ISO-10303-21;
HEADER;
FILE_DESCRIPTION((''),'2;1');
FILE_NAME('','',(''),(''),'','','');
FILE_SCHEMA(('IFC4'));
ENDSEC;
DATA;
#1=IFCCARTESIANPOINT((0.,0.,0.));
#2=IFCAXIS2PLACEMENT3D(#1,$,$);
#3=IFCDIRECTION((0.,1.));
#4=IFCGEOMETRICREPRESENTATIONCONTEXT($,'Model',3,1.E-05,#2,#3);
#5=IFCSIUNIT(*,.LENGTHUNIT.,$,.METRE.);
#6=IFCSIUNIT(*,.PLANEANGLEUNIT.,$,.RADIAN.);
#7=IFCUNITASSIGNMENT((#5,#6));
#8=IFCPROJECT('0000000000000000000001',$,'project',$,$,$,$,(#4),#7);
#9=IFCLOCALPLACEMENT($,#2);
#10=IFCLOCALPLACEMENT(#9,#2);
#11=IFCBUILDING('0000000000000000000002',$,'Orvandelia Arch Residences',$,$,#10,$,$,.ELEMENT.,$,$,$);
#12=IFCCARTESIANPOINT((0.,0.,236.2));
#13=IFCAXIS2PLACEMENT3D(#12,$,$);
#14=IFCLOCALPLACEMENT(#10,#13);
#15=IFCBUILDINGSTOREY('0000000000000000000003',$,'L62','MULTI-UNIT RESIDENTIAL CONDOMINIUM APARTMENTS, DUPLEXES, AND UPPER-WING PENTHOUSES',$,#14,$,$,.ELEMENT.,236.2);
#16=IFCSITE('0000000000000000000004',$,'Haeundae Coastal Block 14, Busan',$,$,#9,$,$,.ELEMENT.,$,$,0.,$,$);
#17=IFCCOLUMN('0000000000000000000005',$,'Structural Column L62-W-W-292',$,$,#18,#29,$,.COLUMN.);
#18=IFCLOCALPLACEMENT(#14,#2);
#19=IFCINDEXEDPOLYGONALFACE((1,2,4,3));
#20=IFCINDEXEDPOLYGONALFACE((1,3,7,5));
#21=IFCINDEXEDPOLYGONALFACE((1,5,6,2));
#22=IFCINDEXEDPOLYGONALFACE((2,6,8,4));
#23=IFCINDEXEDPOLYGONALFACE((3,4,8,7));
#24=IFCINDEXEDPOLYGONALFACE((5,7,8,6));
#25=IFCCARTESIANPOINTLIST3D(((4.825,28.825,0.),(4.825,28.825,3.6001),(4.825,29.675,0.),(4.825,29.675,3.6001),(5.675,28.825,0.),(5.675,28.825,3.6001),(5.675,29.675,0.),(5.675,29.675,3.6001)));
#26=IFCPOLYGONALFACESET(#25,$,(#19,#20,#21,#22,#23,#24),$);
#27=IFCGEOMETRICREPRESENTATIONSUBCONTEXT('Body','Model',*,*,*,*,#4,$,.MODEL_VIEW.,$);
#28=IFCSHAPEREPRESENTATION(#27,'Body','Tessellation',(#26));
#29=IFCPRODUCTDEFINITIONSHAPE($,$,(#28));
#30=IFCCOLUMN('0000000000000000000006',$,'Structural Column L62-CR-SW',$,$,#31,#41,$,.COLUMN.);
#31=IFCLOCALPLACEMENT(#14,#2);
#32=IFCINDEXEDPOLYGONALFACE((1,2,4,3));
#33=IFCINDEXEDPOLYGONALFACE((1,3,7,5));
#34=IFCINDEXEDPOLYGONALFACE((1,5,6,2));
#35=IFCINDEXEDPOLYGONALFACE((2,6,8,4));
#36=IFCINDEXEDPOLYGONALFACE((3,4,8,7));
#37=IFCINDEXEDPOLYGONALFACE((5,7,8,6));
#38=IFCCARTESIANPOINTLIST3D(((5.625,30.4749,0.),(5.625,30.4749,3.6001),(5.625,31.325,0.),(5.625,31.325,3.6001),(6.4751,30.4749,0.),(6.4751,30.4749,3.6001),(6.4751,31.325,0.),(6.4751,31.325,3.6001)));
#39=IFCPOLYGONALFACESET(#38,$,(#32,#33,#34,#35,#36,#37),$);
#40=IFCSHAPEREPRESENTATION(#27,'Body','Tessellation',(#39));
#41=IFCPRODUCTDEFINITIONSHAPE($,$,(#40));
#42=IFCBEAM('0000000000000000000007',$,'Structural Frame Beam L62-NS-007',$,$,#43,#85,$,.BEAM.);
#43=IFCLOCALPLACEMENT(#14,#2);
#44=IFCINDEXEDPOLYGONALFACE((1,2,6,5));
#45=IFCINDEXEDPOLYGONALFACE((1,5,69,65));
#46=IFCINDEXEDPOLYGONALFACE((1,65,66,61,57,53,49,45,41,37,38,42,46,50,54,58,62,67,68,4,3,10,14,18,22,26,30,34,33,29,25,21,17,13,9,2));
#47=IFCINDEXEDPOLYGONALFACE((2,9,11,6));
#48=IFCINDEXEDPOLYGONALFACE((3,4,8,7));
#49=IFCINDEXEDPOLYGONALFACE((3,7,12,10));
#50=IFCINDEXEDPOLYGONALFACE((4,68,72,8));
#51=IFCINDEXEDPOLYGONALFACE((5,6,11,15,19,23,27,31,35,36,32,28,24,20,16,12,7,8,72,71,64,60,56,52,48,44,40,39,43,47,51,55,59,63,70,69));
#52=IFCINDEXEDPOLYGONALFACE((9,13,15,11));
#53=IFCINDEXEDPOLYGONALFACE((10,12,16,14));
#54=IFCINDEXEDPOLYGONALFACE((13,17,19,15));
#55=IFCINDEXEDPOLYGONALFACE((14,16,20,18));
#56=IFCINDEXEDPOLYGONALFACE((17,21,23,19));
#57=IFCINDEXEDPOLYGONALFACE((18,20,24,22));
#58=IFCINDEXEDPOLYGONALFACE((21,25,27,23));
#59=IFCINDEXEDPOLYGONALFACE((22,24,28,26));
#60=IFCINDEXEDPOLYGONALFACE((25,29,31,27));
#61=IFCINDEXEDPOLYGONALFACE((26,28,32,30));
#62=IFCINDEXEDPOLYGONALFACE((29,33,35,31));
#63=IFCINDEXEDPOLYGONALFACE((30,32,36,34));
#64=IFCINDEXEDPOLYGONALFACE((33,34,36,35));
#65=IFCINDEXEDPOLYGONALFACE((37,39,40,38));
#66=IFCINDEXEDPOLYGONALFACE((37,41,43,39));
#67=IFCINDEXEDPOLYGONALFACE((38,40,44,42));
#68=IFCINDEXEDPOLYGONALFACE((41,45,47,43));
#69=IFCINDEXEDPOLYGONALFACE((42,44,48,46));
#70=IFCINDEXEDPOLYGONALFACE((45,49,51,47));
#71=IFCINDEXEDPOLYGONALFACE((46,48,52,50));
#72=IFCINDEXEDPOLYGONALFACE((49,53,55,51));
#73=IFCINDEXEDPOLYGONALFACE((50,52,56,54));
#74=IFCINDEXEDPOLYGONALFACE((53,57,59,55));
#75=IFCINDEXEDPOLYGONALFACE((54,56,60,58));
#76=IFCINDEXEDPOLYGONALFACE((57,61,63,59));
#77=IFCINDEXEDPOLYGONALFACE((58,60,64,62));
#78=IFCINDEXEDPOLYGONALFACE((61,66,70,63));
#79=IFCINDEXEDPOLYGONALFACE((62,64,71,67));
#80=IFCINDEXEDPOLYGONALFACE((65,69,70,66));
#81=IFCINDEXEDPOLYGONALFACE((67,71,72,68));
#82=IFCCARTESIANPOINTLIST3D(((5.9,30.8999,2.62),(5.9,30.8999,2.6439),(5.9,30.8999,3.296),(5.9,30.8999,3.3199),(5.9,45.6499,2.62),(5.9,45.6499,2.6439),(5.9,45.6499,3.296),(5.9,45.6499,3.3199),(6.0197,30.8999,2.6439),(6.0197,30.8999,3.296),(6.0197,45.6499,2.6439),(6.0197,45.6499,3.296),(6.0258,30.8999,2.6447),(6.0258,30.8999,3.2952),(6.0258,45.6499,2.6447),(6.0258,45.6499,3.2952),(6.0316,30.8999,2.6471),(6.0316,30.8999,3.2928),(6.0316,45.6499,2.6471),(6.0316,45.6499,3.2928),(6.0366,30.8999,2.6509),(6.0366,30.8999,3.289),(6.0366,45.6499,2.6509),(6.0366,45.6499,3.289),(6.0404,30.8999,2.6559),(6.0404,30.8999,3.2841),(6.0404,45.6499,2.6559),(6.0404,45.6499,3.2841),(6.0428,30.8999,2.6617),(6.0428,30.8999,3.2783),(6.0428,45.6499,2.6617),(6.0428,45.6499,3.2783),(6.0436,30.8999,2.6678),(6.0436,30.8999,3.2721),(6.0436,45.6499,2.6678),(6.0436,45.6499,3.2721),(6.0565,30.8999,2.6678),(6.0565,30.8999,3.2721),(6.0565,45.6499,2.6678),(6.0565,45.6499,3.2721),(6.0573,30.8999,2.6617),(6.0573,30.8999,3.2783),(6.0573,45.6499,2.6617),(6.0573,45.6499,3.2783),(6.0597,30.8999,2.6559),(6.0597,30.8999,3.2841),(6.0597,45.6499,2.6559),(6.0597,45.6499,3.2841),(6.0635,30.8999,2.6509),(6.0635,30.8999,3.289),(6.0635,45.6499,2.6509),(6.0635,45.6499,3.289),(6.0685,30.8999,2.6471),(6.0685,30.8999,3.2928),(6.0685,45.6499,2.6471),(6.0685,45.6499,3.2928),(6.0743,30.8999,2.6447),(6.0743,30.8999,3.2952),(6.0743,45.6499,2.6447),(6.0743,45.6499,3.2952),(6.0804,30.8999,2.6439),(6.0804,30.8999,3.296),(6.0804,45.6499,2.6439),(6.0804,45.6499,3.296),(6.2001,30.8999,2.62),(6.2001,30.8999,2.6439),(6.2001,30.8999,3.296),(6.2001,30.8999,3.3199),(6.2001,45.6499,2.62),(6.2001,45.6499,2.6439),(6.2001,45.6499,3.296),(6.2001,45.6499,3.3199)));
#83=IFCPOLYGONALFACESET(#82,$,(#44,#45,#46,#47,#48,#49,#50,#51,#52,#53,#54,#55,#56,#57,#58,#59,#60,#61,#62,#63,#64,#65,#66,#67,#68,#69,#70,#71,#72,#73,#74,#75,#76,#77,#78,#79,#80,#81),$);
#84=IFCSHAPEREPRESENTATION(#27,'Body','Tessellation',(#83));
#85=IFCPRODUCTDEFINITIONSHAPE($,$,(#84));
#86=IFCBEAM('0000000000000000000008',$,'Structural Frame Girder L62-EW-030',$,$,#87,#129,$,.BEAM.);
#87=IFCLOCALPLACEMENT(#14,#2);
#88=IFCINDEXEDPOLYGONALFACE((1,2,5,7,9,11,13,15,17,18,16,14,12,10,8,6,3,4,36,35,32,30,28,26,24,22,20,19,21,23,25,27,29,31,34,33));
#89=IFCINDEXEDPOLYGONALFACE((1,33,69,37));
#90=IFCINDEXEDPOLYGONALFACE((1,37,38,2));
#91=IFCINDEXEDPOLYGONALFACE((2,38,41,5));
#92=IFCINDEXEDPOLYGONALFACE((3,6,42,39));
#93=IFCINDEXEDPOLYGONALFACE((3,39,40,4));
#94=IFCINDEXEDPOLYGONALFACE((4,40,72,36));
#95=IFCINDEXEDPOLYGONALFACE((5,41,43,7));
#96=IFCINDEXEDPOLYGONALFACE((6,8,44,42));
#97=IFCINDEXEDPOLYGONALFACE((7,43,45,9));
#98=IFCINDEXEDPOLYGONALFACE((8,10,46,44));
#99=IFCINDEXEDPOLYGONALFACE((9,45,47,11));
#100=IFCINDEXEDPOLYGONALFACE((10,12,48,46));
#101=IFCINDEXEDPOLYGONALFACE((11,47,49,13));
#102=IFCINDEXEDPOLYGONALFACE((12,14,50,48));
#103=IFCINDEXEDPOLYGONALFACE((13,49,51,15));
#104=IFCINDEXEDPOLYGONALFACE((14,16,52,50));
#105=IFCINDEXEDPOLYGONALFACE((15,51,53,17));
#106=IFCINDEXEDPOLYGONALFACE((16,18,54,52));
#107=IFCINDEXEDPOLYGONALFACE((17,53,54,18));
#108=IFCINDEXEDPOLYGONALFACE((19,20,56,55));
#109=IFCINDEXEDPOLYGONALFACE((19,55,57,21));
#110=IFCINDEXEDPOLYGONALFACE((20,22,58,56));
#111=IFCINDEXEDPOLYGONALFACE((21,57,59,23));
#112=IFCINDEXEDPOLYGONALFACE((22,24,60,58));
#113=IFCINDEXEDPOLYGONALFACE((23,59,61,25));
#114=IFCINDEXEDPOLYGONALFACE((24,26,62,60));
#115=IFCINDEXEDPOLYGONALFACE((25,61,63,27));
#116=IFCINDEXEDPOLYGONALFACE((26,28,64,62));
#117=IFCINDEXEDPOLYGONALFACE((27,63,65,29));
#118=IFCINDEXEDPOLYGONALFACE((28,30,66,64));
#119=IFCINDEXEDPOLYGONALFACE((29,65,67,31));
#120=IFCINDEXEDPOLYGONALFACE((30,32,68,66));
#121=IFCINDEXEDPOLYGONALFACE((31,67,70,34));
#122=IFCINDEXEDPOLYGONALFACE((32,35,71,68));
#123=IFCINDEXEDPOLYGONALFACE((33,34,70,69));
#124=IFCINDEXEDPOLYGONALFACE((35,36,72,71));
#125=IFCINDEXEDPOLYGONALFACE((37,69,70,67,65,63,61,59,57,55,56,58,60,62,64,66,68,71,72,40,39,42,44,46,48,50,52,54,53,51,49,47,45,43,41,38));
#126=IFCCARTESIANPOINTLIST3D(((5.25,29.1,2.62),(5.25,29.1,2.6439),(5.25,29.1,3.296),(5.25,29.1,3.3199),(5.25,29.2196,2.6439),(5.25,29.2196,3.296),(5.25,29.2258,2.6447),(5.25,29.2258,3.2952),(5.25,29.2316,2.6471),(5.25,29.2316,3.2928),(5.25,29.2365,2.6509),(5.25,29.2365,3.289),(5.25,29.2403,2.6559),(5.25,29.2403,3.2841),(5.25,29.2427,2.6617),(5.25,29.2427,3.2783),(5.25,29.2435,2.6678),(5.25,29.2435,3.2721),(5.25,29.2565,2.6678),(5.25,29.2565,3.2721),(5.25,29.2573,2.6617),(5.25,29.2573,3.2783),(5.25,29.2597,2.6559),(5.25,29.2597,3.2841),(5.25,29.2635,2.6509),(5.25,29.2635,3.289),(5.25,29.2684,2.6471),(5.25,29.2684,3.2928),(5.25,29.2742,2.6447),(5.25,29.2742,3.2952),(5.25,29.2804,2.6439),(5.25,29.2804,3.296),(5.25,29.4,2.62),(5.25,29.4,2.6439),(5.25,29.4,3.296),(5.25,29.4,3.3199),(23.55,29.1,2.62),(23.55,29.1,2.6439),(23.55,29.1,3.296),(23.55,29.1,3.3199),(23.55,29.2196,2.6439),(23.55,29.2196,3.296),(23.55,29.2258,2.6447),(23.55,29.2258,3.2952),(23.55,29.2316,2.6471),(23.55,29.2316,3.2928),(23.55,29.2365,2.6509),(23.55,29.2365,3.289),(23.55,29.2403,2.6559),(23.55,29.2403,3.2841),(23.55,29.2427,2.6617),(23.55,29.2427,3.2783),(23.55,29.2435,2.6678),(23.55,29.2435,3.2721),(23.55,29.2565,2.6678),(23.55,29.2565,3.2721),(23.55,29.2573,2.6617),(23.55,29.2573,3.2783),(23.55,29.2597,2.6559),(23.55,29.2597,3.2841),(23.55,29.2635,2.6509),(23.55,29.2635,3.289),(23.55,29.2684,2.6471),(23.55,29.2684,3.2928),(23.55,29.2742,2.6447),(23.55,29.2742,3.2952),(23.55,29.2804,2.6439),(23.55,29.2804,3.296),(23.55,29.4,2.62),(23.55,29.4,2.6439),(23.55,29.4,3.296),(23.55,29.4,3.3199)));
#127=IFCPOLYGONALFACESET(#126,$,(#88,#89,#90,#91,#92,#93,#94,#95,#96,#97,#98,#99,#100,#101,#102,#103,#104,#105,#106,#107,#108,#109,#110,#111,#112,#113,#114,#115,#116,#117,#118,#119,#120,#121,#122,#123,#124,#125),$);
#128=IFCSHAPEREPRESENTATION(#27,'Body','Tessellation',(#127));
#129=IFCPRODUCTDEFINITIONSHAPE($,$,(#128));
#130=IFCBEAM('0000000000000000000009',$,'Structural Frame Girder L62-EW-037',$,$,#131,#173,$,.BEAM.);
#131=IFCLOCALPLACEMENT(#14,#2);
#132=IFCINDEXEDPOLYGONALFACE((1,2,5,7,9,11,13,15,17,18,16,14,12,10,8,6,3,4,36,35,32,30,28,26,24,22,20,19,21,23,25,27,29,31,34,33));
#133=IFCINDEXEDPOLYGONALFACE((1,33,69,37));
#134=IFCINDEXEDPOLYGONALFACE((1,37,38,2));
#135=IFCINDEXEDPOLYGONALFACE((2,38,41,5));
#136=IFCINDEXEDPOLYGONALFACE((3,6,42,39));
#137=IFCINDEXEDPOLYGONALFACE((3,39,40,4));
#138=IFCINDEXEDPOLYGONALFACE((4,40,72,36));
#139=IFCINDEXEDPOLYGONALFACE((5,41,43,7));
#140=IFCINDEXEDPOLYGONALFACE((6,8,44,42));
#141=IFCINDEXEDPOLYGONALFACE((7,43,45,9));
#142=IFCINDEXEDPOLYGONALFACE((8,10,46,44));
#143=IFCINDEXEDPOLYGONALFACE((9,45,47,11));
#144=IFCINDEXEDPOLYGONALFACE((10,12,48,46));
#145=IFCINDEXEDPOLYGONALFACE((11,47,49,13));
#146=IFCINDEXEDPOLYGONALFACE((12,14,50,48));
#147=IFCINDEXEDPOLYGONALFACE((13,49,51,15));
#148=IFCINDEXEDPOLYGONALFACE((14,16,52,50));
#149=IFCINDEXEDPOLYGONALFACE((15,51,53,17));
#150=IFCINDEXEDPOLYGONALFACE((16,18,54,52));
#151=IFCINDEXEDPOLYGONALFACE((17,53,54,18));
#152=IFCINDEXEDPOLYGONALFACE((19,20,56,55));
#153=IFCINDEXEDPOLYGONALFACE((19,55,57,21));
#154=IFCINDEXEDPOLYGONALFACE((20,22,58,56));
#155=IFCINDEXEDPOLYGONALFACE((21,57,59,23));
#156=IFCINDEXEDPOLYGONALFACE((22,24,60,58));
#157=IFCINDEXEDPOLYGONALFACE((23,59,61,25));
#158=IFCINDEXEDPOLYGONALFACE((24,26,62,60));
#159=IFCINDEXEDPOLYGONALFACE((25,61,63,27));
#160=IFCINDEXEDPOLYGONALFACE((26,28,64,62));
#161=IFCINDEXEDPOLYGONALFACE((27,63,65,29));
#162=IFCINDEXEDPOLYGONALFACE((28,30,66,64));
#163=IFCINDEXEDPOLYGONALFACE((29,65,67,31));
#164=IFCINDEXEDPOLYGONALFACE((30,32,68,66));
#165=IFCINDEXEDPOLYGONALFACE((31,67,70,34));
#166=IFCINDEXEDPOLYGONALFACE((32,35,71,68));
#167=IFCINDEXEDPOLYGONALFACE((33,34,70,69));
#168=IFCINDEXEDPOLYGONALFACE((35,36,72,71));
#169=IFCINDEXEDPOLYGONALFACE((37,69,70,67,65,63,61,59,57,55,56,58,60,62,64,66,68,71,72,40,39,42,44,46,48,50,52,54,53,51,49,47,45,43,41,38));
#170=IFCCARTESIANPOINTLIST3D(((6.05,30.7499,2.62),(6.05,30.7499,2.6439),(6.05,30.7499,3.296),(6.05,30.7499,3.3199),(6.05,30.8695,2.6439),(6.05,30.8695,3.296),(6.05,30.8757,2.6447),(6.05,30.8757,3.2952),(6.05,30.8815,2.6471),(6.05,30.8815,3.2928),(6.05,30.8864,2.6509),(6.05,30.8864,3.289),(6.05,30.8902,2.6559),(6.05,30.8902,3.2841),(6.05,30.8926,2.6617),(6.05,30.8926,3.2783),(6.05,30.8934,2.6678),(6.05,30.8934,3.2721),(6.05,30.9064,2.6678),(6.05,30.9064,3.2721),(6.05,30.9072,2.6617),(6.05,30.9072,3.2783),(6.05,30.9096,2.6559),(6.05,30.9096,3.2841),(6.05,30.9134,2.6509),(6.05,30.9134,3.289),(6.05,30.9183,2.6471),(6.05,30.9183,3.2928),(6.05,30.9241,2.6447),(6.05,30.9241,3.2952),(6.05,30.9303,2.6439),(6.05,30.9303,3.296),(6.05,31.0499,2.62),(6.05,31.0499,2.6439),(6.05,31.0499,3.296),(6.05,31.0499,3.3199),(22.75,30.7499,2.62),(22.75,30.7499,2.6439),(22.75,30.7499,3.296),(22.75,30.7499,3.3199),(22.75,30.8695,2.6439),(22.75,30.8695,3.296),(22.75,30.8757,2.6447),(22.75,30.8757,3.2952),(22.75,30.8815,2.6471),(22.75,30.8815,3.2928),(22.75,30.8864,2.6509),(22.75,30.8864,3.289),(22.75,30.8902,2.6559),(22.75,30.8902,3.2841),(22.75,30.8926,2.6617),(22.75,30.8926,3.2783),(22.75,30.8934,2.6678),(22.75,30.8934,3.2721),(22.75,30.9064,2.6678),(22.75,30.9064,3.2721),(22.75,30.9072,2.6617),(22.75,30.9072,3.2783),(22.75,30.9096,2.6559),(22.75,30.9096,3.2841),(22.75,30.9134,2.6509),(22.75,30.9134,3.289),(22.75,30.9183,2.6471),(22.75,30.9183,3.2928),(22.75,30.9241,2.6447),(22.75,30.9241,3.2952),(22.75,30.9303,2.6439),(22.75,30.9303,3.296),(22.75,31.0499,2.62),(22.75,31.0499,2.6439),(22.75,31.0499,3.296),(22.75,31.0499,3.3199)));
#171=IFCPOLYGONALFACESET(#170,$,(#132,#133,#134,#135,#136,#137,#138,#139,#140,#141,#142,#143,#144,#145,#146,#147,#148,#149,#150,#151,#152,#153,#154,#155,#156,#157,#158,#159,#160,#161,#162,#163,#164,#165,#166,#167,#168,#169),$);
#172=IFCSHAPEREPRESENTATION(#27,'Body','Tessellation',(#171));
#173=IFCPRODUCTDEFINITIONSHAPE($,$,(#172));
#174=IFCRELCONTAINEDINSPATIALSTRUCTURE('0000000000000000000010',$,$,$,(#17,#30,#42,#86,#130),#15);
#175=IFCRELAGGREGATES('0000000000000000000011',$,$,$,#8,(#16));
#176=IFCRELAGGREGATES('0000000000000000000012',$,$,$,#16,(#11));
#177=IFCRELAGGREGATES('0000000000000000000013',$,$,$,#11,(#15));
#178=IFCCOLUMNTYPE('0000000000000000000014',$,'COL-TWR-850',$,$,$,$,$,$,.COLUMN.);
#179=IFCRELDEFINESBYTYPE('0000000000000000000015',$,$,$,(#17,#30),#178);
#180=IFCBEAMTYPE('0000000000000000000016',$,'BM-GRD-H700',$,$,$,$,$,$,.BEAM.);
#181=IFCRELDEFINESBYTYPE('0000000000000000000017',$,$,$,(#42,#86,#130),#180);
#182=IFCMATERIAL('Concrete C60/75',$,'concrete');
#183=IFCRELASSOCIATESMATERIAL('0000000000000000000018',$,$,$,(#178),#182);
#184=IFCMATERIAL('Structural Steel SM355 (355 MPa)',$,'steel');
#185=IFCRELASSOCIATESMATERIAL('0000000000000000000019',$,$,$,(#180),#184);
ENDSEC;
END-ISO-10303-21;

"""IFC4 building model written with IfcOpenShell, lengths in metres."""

from ifc_helpers import new_model, si_unit, direction, frame, origin, origin_2d, place, context, subcontext, project, spatial, rectangle, i_section, extrude, material, material_profile, profile_set, type_object, element, save


model = new_model("IFC4")

# Units and contexts
model_context = context("Model", 3, precision=1e-05, world=origin(), true_north=direction((0.0, 1.0)))
body_context = subcontext(model_context, "Body", "Model", "MODEL_VIEW")
ifc_project = project(units=[si_unit("LENGTHUNIT", "METRE"), si_unit("PLANEANGLEUNIT", "RADIAN")], contexts=[model_context])

# Site, building, storey
site_placement = place(None, origin())
site = spatial("IfcSite", under=ifc_project, at=site_placement, Name="Haeundae Coastal Block 14, Busan", CompositionType="ELEMENT", RefElevation=0.0)
building_placement = place(site_placement, origin())
building = spatial("IfcBuilding", under=site, at=building_placement, Name="Orvandelia Arch Residences", CompositionType="ELEMENT")
storey_placement = place(building_placement, frame((0.0, 0.0, 236.2)))
storey = spatial("IfcBuildingStorey", under=building, at=storey_placement, Name="L62", Description="MULTI-UNIT RESIDENTIAL CONDOMINIUM APARTMENTS, DUPLEXES, AND UPPER-WING PENTHOUSES", CompositionType="ELEMENT", Elevation=236.2)

# Columns
ifc_material_1 = material(Name="Concrete C60/75", Category="concrete")
ifc_material_profile_1 = material_profile(ifc_material_1, rectangle(XDim=0.8501, YDim=0.8501, at=origin_2d()), Name="Concrete C60/75", Category="concrete")
ifc_profile_set_1 = profile_set([ifc_material_profile_1], Name="Concrete C60/75")
column_type = type_object("IfcColumnType", Name="COL-TWR-850", PredefinedType="COLUMN", material=ifc_profile_set_1)
for number, where, z_axis, x_axis, name in (
    (1, (5.25, 29.25, 0.0), (0.0, 0.0, 1.0), (1.0, 0.0, 0.0), "Structural Column L62-W-W-292"),
    (2, (6.05, 30.8999, 0.0), (0.0, 0.0, 1.0), (1.0, 0.0, 0.0), "Structural Column L62-CR-SW"),
):
    element("IfcColumn", number, at=place(storey_placement, frame(where, z_axis=z_axis, x_axis=x_axis)), inside=storey, type_object=column_type, Name=name, PredefinedType="COLUMN", context=body_context, shape_type="SweptSolid", body=[
        extrude(rectangle(XDim=0.8501, YDim=0.8501, at=origin_2d()), origin(), (0.0, 0.0, 1.0), 3.6001),
    ])

# Beams
ifc_material_2 = material(Name="Structural Steel SM355 (355 MPa)", Category="steel")
ifc_material_profile_2 = material_profile(ifc_material_2, i_section(OverallWidth=0.3, OverallDepth=0.7, WebThickness=0.0129, FlangeThickness=0.0239, FilletRadius=0.0239, at=origin_2d()), Name="Structural Steel SM355 (355 MPa)", Category="steel")
ifc_profile_set_2 = profile_set([ifc_material_profile_2], Name="Structural Steel SM355 (355 MPa)")
beam_type_1 = type_object("IfcBeamType", Name="BM-GRD-H700", PredefinedType="BEAM", material=ifc_profile_set_2)
beam_1_placement = place(storey_placement, frame((6.05, 30.8999, 2.97), z_axis=(0.0, 1.0, 0.0), x_axis=(-1.0, 0.0, 0.0)))
element("IfcBeam", 3, at=beam_1_placement, inside=storey, type_object=beam_type_1, Name="Structural Frame Beam L62-NS-007", PredefinedType="BEAM", context=body_context, shape_type="SweptSolid", body=[
    extrude(i_section(OverallWidth=0.3, OverallDepth=0.7, WebThickness=0.0129, FlangeThickness=0.0239, FilletRadius=0.0239, at=origin_2d()), origin(), (0.0, 0.0, 1.0), 14.75),
])
beam_2_placement = place(storey_placement, frame((5.25, 29.25, 2.97), z_axis=(1.0, 0.0, 0.0), x_axis=(0.0, 1.0, 0.0)))
element("IfcBeam", 4, at=beam_2_placement, inside=storey, type_object=beam_type_1, Name="Structural Frame Girder L62-EW-030", PredefinedType="BEAM", context=body_context, shape_type="SweptSolid", body=[
    extrude(i_section(OverallWidth=0.3, OverallDepth=0.7, WebThickness=0.0129, FlangeThickness=0.0239, FilletRadius=0.0239, at=origin_2d()), origin(), (0.0, 0.0, 1.0), 18.3),
])
beam_3_placement = place(storey_placement, frame((6.05, 30.8999, 2.97), z_axis=(1.0, 0.0, 0.0), x_axis=(0.0, 1.0, 0.0)))
element("IfcBeam", 5, at=beam_3_placement, inside=storey, type_object=beam_type_1, Name="Structural Frame Girder L62-EW-037", PredefinedType="BEAM", context=body_context, shape_type="SweptSolid", body=[
    extrude(i_section(OverallWidth=0.3, OverallDepth=0.7, WebThickness=0.0129, FlangeThickness=0.0239, FilletRadius=0.0239, at=origin_2d()), origin(), (0.0, 0.0, 1.0), 16.7),
])

save(model, "model.ifc")
